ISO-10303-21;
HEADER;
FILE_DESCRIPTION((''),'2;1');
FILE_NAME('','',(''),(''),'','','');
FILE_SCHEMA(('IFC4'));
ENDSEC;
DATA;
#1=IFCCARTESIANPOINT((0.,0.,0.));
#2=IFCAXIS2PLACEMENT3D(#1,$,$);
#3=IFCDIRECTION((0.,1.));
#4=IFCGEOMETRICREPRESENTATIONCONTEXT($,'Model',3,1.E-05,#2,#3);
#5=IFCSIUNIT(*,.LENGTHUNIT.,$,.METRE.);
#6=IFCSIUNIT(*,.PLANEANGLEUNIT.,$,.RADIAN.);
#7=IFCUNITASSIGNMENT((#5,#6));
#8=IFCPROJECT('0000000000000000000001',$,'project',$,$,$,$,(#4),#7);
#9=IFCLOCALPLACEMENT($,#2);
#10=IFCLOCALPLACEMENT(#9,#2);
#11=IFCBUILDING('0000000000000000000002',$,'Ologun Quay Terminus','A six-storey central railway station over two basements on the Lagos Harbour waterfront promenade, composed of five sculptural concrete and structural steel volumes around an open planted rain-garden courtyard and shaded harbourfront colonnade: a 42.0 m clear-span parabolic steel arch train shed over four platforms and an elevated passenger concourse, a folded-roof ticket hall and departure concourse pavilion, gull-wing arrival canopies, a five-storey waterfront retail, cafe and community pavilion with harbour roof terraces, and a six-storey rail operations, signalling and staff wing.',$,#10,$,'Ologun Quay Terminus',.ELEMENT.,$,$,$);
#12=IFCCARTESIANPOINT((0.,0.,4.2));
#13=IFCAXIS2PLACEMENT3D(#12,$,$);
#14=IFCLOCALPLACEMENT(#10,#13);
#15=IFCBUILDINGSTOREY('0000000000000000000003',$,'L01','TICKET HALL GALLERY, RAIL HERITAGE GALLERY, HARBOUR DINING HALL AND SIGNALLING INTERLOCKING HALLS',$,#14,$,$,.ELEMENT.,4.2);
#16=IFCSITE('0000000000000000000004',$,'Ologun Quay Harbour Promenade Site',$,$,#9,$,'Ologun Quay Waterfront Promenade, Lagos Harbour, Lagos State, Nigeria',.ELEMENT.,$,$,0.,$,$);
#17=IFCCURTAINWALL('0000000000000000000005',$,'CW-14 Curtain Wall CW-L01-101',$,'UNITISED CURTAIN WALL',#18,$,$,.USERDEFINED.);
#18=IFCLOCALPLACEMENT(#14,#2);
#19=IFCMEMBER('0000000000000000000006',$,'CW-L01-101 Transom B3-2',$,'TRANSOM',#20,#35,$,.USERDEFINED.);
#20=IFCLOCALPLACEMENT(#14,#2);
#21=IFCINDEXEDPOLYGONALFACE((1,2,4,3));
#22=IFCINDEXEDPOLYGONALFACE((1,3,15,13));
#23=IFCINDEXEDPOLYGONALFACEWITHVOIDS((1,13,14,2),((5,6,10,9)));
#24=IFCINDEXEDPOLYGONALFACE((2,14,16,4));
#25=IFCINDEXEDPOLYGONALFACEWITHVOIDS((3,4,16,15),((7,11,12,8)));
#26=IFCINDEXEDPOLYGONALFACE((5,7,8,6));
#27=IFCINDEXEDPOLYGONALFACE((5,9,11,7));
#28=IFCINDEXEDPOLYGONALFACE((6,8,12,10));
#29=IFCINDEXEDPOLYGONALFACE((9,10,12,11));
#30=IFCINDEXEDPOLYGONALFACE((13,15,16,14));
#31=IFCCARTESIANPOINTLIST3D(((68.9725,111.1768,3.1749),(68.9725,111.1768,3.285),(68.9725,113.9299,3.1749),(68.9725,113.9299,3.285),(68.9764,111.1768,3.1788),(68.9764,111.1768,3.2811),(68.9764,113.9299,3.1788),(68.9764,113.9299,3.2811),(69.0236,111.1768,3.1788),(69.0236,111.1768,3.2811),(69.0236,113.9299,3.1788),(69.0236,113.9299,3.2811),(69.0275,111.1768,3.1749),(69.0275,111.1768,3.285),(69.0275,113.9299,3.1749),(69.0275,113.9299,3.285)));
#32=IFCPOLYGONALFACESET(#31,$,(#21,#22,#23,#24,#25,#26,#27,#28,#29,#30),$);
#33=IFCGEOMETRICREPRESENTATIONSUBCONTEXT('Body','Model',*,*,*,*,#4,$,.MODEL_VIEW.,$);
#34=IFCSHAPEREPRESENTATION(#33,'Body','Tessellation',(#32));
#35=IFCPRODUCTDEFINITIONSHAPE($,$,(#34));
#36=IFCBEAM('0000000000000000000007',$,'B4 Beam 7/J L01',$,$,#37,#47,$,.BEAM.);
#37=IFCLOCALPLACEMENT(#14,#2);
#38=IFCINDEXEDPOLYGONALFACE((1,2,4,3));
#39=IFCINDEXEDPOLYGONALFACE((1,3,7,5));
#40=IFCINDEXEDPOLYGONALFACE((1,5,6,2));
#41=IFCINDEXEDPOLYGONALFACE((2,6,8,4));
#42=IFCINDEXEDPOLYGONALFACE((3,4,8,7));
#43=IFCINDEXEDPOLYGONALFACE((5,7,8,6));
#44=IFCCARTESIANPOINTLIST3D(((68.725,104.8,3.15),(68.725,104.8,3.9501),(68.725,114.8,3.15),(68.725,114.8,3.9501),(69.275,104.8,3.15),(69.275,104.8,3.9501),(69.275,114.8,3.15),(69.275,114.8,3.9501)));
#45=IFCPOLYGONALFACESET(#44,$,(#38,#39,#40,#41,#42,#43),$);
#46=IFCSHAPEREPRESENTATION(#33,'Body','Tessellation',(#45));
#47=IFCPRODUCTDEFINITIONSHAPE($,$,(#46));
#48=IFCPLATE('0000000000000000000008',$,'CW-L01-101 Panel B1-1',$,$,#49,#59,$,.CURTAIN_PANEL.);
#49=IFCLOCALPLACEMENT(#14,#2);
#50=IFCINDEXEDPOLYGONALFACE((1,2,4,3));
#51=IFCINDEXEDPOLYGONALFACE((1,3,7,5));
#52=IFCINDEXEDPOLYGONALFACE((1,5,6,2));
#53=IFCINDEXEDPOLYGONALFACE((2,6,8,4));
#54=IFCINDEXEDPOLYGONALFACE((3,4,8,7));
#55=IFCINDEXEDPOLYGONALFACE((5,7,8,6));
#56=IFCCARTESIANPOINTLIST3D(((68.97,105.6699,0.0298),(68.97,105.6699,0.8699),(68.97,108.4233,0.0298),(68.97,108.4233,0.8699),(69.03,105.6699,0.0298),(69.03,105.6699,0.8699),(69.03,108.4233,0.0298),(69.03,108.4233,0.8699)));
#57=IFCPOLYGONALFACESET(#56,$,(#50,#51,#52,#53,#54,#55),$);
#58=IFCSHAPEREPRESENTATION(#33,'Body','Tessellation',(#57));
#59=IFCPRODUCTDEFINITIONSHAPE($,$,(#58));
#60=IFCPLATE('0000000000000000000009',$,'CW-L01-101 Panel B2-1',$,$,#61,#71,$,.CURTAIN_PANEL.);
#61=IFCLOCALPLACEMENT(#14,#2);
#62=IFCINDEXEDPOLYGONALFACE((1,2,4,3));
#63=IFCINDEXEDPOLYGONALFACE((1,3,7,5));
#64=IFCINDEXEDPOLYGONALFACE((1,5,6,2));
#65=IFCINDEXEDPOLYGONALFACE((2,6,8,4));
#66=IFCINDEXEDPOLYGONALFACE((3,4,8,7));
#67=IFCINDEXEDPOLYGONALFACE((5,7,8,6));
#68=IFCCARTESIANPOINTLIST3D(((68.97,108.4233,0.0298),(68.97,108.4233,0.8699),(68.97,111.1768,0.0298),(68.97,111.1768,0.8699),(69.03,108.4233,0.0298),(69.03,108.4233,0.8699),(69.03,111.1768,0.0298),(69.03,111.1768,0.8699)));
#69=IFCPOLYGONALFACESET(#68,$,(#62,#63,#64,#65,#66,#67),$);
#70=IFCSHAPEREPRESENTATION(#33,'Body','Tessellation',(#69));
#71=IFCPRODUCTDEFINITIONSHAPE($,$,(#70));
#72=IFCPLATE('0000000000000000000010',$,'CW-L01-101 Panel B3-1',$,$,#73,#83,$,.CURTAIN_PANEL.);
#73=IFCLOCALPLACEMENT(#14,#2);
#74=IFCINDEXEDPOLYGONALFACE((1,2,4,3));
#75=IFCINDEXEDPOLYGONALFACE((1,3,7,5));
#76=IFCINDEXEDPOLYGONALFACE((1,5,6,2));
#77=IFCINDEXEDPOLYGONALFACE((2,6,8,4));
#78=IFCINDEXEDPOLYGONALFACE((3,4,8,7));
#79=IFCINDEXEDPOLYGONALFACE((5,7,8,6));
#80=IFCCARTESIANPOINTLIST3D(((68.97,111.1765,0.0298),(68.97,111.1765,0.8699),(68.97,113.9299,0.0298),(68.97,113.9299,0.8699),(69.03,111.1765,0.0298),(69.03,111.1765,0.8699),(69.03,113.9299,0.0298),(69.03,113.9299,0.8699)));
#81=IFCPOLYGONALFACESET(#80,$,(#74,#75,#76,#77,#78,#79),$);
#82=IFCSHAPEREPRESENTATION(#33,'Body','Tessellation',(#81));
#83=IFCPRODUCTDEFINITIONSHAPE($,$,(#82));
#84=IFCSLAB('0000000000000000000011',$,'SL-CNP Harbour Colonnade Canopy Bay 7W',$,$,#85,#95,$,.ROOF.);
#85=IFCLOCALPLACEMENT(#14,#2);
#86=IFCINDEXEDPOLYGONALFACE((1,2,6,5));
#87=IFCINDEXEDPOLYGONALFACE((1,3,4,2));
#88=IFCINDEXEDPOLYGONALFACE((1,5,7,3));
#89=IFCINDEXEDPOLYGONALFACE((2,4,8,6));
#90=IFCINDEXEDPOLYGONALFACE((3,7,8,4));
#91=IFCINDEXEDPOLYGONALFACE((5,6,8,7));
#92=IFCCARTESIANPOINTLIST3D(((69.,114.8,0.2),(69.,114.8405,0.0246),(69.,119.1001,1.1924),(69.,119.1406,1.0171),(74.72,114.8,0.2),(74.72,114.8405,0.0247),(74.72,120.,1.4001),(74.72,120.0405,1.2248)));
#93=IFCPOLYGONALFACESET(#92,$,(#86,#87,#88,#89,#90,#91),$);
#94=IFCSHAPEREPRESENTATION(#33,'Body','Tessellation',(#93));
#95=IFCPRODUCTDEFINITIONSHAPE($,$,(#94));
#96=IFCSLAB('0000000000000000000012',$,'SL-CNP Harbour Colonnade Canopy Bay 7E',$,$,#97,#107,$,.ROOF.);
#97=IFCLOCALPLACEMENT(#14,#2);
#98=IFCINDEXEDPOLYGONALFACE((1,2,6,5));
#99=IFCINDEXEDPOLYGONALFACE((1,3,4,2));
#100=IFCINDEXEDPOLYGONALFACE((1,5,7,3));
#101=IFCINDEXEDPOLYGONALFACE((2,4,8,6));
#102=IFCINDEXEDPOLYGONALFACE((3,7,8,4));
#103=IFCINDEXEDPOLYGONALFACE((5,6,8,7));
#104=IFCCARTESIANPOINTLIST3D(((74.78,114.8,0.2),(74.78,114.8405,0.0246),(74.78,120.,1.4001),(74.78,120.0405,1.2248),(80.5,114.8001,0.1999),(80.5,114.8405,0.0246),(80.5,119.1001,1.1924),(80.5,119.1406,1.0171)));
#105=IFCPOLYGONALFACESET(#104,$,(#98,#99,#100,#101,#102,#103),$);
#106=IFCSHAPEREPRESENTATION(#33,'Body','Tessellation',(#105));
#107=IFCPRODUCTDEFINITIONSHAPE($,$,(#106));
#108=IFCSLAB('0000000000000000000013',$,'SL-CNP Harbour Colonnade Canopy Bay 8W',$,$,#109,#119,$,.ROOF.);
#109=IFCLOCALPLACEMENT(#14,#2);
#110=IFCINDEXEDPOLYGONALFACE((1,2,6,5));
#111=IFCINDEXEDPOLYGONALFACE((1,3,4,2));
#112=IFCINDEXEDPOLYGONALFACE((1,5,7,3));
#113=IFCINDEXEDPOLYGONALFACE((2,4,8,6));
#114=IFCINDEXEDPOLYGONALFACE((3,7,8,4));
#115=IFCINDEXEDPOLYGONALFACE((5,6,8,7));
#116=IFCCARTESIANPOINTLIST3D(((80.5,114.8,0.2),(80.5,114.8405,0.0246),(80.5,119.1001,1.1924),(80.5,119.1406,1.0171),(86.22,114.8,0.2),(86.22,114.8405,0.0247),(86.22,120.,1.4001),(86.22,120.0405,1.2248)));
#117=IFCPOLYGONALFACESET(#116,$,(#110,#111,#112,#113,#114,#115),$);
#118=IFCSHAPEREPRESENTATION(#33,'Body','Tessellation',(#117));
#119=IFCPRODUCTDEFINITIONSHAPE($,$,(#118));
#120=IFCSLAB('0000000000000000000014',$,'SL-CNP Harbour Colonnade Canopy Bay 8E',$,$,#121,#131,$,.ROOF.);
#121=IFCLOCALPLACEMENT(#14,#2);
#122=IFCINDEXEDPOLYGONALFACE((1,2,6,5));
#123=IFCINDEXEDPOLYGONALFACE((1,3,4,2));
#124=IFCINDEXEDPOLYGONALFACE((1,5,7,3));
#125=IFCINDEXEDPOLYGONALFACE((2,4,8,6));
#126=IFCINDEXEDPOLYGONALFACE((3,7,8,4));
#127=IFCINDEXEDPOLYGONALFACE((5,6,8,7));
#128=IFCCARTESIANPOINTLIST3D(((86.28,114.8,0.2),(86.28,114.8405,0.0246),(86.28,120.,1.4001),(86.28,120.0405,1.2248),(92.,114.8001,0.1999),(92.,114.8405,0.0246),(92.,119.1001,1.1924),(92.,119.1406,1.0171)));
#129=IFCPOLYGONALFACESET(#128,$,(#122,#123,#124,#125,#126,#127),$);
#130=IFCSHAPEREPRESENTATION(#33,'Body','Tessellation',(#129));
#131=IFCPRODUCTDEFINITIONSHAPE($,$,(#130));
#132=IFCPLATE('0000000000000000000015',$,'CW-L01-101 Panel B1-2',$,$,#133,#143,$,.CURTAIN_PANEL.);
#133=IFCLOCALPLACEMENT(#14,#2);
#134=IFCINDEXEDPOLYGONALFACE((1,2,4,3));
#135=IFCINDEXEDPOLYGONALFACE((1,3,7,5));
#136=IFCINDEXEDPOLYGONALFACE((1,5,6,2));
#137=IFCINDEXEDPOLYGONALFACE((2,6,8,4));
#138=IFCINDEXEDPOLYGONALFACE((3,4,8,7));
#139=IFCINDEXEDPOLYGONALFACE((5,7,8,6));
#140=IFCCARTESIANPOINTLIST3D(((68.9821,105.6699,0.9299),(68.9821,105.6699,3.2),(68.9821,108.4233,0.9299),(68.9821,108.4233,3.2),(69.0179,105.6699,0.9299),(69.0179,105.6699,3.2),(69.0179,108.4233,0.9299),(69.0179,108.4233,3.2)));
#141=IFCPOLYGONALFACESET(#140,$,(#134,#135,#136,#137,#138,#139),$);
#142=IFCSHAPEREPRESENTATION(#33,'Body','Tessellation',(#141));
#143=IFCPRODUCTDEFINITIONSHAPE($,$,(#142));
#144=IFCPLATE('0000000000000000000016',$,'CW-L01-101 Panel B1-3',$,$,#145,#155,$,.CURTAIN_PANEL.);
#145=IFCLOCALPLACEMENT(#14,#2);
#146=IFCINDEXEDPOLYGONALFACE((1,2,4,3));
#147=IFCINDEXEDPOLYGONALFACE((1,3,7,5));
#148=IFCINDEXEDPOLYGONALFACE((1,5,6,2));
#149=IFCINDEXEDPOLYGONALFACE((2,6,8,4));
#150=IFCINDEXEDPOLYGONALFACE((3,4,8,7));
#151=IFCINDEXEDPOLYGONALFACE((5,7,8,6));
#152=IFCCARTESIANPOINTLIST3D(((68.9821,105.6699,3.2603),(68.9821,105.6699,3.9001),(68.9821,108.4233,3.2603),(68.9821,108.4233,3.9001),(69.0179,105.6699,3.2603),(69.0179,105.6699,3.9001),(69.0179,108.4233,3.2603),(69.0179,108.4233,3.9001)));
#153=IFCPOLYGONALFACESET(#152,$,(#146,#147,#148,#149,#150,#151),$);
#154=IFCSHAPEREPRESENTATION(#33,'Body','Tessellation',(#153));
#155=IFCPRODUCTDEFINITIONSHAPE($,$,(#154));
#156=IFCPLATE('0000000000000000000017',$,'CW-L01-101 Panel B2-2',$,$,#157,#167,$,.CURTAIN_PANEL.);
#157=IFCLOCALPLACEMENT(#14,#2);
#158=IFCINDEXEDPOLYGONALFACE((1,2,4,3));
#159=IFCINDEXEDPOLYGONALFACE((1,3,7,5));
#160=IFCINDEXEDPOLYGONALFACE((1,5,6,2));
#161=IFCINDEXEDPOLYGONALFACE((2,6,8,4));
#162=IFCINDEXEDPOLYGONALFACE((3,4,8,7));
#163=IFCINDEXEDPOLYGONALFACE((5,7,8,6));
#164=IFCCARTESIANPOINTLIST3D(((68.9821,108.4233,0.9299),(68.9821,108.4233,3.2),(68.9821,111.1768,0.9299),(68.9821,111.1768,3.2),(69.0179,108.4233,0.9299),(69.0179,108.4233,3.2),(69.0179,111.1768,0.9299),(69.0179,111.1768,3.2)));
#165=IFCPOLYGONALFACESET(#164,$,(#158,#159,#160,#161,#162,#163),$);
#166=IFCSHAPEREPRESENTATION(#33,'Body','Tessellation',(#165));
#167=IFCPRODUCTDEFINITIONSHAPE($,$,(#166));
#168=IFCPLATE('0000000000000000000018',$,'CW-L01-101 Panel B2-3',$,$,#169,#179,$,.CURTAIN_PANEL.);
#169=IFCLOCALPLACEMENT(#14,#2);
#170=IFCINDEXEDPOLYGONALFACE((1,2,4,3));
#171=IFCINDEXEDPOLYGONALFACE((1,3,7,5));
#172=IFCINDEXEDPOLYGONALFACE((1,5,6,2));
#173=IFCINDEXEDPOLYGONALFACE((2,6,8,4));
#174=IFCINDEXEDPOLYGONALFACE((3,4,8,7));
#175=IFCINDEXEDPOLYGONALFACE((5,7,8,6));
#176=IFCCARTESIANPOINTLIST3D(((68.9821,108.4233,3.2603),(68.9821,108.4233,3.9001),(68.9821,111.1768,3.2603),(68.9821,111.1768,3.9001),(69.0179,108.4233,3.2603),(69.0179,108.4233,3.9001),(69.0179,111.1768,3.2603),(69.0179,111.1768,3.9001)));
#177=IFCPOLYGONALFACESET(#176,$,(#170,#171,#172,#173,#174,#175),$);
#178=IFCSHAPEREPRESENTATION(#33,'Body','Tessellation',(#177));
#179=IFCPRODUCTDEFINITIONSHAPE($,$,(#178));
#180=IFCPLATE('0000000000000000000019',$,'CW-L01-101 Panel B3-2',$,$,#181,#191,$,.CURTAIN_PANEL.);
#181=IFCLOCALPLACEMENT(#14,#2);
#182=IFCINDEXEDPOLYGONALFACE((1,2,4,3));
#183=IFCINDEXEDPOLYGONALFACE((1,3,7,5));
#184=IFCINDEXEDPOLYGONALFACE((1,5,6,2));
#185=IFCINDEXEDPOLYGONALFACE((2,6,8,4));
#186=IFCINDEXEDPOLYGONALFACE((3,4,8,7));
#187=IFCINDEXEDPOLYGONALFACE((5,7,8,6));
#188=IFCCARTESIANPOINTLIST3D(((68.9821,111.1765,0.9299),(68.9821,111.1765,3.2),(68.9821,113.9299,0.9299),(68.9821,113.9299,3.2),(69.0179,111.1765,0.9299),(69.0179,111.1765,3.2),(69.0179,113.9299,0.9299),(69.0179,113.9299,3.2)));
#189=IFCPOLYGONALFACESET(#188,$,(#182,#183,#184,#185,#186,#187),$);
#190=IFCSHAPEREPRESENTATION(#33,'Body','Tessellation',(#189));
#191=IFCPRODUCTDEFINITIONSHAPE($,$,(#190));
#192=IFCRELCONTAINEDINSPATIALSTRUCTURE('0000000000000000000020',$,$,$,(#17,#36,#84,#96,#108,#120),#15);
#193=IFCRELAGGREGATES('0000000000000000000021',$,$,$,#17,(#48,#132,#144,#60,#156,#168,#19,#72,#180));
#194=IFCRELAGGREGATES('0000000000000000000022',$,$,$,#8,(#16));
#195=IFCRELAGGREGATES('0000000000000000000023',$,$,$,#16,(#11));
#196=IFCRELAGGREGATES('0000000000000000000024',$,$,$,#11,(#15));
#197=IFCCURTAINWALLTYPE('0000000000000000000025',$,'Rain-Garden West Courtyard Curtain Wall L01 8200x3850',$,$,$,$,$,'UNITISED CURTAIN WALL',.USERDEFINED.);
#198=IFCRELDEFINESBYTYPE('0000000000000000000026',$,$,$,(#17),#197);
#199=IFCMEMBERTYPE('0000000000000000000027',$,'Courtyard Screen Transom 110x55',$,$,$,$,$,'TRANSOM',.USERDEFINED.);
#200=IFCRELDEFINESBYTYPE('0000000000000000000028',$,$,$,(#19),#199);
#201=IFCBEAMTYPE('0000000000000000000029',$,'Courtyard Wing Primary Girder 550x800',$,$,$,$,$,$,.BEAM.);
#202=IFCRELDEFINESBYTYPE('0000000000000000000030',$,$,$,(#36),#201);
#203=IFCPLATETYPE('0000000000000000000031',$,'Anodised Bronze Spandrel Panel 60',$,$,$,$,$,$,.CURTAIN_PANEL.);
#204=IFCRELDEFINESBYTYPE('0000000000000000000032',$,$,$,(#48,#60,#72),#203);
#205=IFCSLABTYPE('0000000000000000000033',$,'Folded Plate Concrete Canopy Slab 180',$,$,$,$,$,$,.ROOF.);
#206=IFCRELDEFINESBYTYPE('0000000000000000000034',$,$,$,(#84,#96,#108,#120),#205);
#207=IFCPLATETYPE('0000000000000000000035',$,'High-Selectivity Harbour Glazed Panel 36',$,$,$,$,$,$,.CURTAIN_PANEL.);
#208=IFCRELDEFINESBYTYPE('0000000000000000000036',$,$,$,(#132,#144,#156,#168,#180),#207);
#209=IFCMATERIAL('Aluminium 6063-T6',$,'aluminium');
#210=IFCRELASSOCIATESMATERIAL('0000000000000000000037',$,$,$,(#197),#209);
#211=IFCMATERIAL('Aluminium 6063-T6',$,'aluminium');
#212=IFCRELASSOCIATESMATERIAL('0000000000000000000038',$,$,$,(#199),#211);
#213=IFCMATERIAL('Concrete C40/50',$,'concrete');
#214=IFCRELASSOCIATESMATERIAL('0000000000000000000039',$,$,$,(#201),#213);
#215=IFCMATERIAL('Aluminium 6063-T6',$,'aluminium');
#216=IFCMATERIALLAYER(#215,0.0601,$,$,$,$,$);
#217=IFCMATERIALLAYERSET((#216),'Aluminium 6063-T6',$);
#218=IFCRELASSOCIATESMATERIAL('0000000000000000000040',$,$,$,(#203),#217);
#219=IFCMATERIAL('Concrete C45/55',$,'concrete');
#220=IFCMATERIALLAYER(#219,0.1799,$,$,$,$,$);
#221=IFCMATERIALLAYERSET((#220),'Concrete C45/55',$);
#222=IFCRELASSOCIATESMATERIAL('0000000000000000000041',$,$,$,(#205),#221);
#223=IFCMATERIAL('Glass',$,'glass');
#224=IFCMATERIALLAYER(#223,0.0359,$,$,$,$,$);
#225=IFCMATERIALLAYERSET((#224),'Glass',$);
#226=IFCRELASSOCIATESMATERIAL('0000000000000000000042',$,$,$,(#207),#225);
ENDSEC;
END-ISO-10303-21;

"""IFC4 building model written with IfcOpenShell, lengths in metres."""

from ifc_helpers import new_model, si_unit, direction, frame, origin, origin_2d, place, context, subcontext, project, spatial, polyline, rectangle, hollow_rectangle, outline, extrude, material, layer, layer_set, material_profile, profile_set, type_object, element, aggregate, save


model = new_model("IFC4")

# Units and contexts
model_context = context("Model", 3, precision=1e-05, world=origin(), true_north=direction((0.0, 1.0)))
body_context = subcontext(model_context, "Body", "Model", "MODEL_VIEW")
ifc_project = project(units=[si_unit("LENGTHUNIT", "METRE"), si_unit("PLANEANGLEUNIT", "RADIAN")], contexts=[model_context])

# Site, building, storey
site_placement = place(None, origin())
site = spatial("IfcSite", under=ifc_project, at=site_placement, Name="Ologun Quay Harbour Promenade Site", LongName="Ologun Quay Waterfront Promenade, Lagos Harbour, Lagos State, Nigeria", CompositionType="ELEMENT", RefElevation=0.0)
building_placement = place(site_placement, origin())
building = spatial("IfcBuilding", under=site, at=building_placement, Name="Ologun Quay Terminus", Description="A six-storey central railway station over two basements on the Lagos Harbour waterfront promenade, composed of five sculptural concrete and structural steel volumes around an open planted rain-garden courtyard and shaded harbourfront colonnade: a 42.0 m clear-span parabolic steel arch train shed over four platforms and an elevated passenger concourse, a folded-roof ticket hall and departure concourse pavilion, gull-wing arrival canopies, a five-storey waterfront retail, cafe and community pavilion with harbour roof terraces, and a six-storey rail operations, signalling and staff wing.", LongName="Ologun Quay Terminus", CompositionType="ELEMENT")
storey_placement = place(building_placement, frame((0.0, 0.0, 4.2)))
storey = spatial("IfcBuildingStorey", under=building, at=storey_placement, Name="L01", Description="TICKET HALL GALLERY, RAIL HERITAGE GALLERY, HARBOUR DINING HALL AND SIGNALLING INTERLOCKING HALLS", CompositionType="ELEMENT", Elevation=4.2)

# Curtain wall, member
ifc_material_1 = material(Name="Aluminium 6063-T6", Category="aluminium")
curtain_wall_type = type_object("IfcCurtainWallType", Name="Rain-Garden West Courtyard Curtain Wall L01 8200x3850", ElementType="UNITISED CURTAIN WALL", PredefinedType="USERDEFINED", material=ifc_material_1)
curtain_wall_placement = place(storey_placement, origin())
curtain_wall = element("IfcCurtainWall", 1, at=curtain_wall_placement, inside=storey, type_object=curtain_wall_type, Name="CW-14 Curtain Wall CW-L01-101", ObjectType="UNITISED CURTAIN WALL", PredefinedType="USERDEFINED")
ifc_material_2 = material(Name="Aluminium 6063-T6", Category="aluminium")
ifc_material_profile_1 = material_profile(ifc_material_2, hollow_rectangle(XDim=0.0549, YDim=0.1101, WallThickness=0.0039, at=origin_2d()), Name="ALU 110x55x4")
ifc_profile_set_1 = profile_set([ifc_material_profile_1], Name="Aluminium 6063-T6")
member_type_1 = type_object("IfcMemberType", Name="Courtyard Screen Transom 110x55", ElementType="TRANSOM", PredefinedType="USERDEFINED", material=ifc_profile_set_1)
member_1_placement = place(storey_placement, frame((69.0, 111.1768, 3.23), z_axis=(0.0, 1.0, 0.0), x_axis=(-1.0, 0.0, 0.0)))
member_1 = element("IfcMember", 2, at=member_1_placement, type_object=member_type_1, Name="CW-L01-101 Transom B3-2", ObjectType="TRANSOM", PredefinedType="USERDEFINED", context=body_context, shape_type="SweptSolid", body=[
    extrude(hollow_rectangle(XDim=0.0549, YDim=0.1101, WallThickness=0.0039, at=origin_2d()), origin(), (0.0, 0.0, 1.0), 2.7532),
])

# Beam
ifc_material_3 = material(Name="Concrete C40/50", Category="concrete")
ifc_material_profile_2 = material_profile(ifc_material_3, rectangle(XDim=0.55, YDim=0.8, at=origin_2d()), Name="RC 550x800")
ifc_profile_set_2 = profile_set([ifc_material_profile_2], Name="Concrete C40/50")
beam_type = type_object("IfcBeamType", Name="Courtyard Wing Primary Girder 550x800", PredefinedType="BEAM", material=ifc_profile_set_2)
beam_placement = place(storey_placement, frame((69.0, 104.8, 3.55), z_axis=(0.0, 1.0, 0.0), x_axis=(-1.0, 0.0, 0.0)))
element("IfcBeam", 3, at=beam_placement, inside=storey, type_object=beam_type, Name="B4 Beam 7/J L01", PredefinedType="BEAM", context=body_context, shape_type="SweptSolid", body=[
    extrude(rectangle(XDim=0.55, YDim=0.8, at=origin_2d()), origin(), (0.0, 0.0, 1.0), 10.0),
])

# Plates
ifc_material_4 = material(Name="Aluminium 6063-T6", Category="aluminium")
ifc_layer_1 = layer(ifc_material_4, 0.0601)
ifc_layer_set_1 = layer_set([ifc_layer_1], Name="Aluminium 6063-T6")
plate_type_1 = type_object("IfcPlateType", Name="Anodised Bronze Spandrel Panel 60", PredefinedType="CURTAIN_PANEL", material=ifc_layer_set_1)
plate_1_placement = place(storey_placement, frame((69.0, 107.0466, 0.0298), z_axis=(0.0, 0.0, 1.0), x_axis=(0.0, 1.0, 0.0)))
plate_1 = element("IfcPlate", 4, at=plate_1_placement, type_object=plate_type_1, Name="CW-L01-101 Panel B1-1", PredefinedType="CURTAIN_PANEL", context=body_context, shape_type="SweptSolid", body=[
    extrude(rectangle(XDim=2.7534, YDim=0.0601, at=origin_2d()), origin(), (0.0, 0.0, 1.0), 0.8401),
])
plate_2_placement = place(storey_placement, frame((69.0, 109.8, 0.0298), z_axis=(0.0, 0.0, 1.0), x_axis=(0.0, 1.0, 0.0)))
plate_2 = element("IfcPlate", 5, at=plate_2_placement, type_object=plate_type_1, Name="CW-L01-101 Panel B2-1", PredefinedType="CURTAIN_PANEL", context=body_context, shape_type="SweptSolid", body=[
    extrude(rectangle(XDim=2.7534, YDim=0.0601, at=origin_2d()), origin(), (0.0, 0.0, 1.0), 0.8401),
])
plate_3_placement = place(storey_placement, frame((69.0, 112.5532, 0.0298), z_axis=(0.0, 0.0, 1.0), x_axis=(0.0, 1.0, 0.0)))
plate_3 = element("IfcPlate", 6, at=plate_3_placement, type_object=plate_type_1, Name="CW-L01-101 Panel B3-1", PredefinedType="CURTAIN_PANEL", context=body_context, shape_type="SweptSolid", body=[
    extrude(rectangle(XDim=2.7534, YDim=0.0601, at=origin_2d()), origin(), (0.0, 0.0, 1.0), 0.8401),
])

# Slabs
ifc_material_5 = material(Name="Concrete C45/55", Category="concrete")
ifc_layer_2 = layer(ifc_material_5, 0.1799)
ifc_layer_set_2 = layer_set([ifc_layer_2], Name="Concrete C45/55")
slab_type = type_object("IfcSlabType", Name="Folded Plate Concrete Canopy Slab 180", PredefinedType="ROOF", material=ifc_layer_set_2)
slab_1_placement = place(storey_placement, frame((69.0, 114.8, 0.2), z_axis=(-0.000005, -0.224891, 0.974384), x_axis=(1.0, -0.000001, 0.000005)))
element("IfcSlab", 7, at=slab_1_placement, inside=storey, type_object=slab_type, Name="SL-CNP Harbour Colonnade Canopy Bay 7W", PredefinedType="ROOF", context=body_context, shape_type="SweptSolid", body=[
    extrude(outline(polyline([(0.0, 0.0), (5.72, 0.0), (5.72, 5.3367), (0.0, 4.4131), (0.0, 0.0)])), origin(), (0.0, 0.0, -1.0), 0.1799),
])
slab_2_placement = place(storey_placement, frame((74.78, 114.8, 0.2), z_axis=(0.000005, -0.224891, 0.974384), x_axis=(1.0, 0.000001, -0.000005)))
element("IfcSlab", 8, at=slab_2_placement, inside=storey, type_object=slab_type, Name="SL-CNP Harbour Colonnade Canopy Bay 7E", PredefinedType="ROOF", context=body_context, shape_type="SweptSolid", body=[
    extrude(outline(polyline([(0.0, 0.0), (5.72, 0.0), (5.72, 4.4131), (0.0, 5.3367), (0.0, 0.0)])), origin(), (0.0, 0.0, -1.0), 0.1799),
])
slab_3_placement = place(storey_placement, frame((80.5, 114.8, 0.2), z_axis=(-0.000005, -0.224891, 0.974384), x_axis=(1.0, -0.000001, 0.000005)))
element("IfcSlab", 9, at=slab_3_placement, inside=storey, type_object=slab_type, Name="SL-CNP Harbour Colonnade Canopy Bay 8W", PredefinedType="ROOF", context=body_context, shape_type="SweptSolid", body=[
    extrude(outline(polyline([(0.0, 0.0), (5.72, 0.0), (5.72, 5.3367), (0.0, 4.4131), (0.0, 0.0)])), origin(), (0.0, 0.0, -1.0), 0.1799),
])
slab_4_placement = place(storey_placement, frame((86.28, 114.8, 0.2), z_axis=(0.000005, -0.224891, 0.974384), x_axis=(1.0, 0.000001, -0.000005)))
element("IfcSlab", 10, at=slab_4_placement, inside=storey, type_object=slab_type, Name="SL-CNP Harbour Colonnade Canopy Bay 8E", PredefinedType="ROOF", context=body_context, shape_type="SweptSolid", body=[
    extrude(outline(polyline([(0.0, 0.0), (5.72, 0.0), (5.72, 4.4131), (0.0, 5.3367), (0.0, 0.0)])), origin(), (0.0, 0.0, -1.0), 0.1799),
])

# Plates
ifc_material_6 = material(Name="Glass", Category="glass")
ifc_layer_3 = layer(ifc_material_6, 0.0359)
ifc_layer_set_3 = layer_set([ifc_layer_3], Name="Glass")
plate_type_2 = type_object("IfcPlateType", Name="High-Selectivity Harbour Glazed Panel 36", PredefinedType="CURTAIN_PANEL", material=ifc_layer_set_3)
plate_4_placement = place(storey_placement, frame((69.0, 107.0466, 0.9299), z_axis=(0.0, 0.0, 1.0), x_axis=(0.0, 1.0, 0.0)))
plate_4 = element("IfcPlate", 11, at=plate_4_placement, type_object=plate_type_2, Name="CW-L01-101 Panel B1-2", PredefinedType="CURTAIN_PANEL", context=body_context, shape_type="SweptSolid", body=[
    extrude(rectangle(XDim=2.7534, YDim=0.0359, at=origin_2d()), origin(), (0.0, 0.0, 1.0), 2.27),
])
plate_5_placement = place(storey_placement, frame((69.0, 107.0466, 3.2603), z_axis=(0.0, 0.0, 1.0), x_axis=(0.0, 1.0, 0.0)))
plate_5 = element("IfcPlate", 12, at=plate_5_placement, type_object=plate_type_2, Name="CW-L01-101 Panel B1-3", PredefinedType="CURTAIN_PANEL", context=body_context, shape_type="SweptSolid", body=[
    extrude(rectangle(XDim=2.7534, YDim=0.0359, at=origin_2d()), origin(), (0.0, 0.0, 1.0), 0.6399),
])
plate_6_placement = place(storey_placement, frame((69.0, 109.8, 0.9299), z_axis=(0.0, 0.0, 1.0), x_axis=(0.0, 1.0, 0.0)))
plate_6 = element("IfcPlate", 13, at=plate_6_placement, type_object=plate_type_2, Name="CW-L01-101 Panel B2-2", PredefinedType="CURTAIN_PANEL", context=body_context, shape_type="SweptSolid", body=[
    extrude(rectangle(XDim=2.7534, YDim=0.0359, at=origin_2d()), origin(), (0.0, 0.0, 1.0), 2.27),
])
plate_7_placement = place(storey_placement, frame((69.0, 109.8, 3.2603), z_axis=(0.0, 0.0, 1.0), x_axis=(0.0, 1.0, 0.0)))
plate_7 = element("IfcPlate", 14, at=plate_7_placement, type_object=plate_type_2, Name="CW-L01-101 Panel B2-3", PredefinedType="CURTAIN_PANEL", context=body_context, shape_type="SweptSolid", body=[
    extrude(rectangle(XDim=2.7534, YDim=0.0359, at=origin_2d()), origin(), (0.0, 0.0, 1.0), 0.6399),
])
plate_8_placement = place(storey_placement, frame((69.0, 112.5532, 0.9299), z_axis=(0.0, 0.0, 1.0), x_axis=(0.0, 1.0, 0.0)))
plate_8 = element("IfcPlate", 15, at=plate_8_placement, type_object=plate_type_2, Name="CW-L01-101 Panel B3-2", PredefinedType="CURTAIN_PANEL", context=body_context, shape_type="SweptSolid", body=[
    extrude(rectangle(XDim=2.7534, YDim=0.0359, at=origin_2d()), origin(), (0.0, 0.0, 1.0), 2.27),
])
aggregate(curtain_wall, [plate_1, plate_4, plate_5, plate_2, plate_6, plate_7, member_1, plate_3, plate_8])

save(model, "model.ifc")
